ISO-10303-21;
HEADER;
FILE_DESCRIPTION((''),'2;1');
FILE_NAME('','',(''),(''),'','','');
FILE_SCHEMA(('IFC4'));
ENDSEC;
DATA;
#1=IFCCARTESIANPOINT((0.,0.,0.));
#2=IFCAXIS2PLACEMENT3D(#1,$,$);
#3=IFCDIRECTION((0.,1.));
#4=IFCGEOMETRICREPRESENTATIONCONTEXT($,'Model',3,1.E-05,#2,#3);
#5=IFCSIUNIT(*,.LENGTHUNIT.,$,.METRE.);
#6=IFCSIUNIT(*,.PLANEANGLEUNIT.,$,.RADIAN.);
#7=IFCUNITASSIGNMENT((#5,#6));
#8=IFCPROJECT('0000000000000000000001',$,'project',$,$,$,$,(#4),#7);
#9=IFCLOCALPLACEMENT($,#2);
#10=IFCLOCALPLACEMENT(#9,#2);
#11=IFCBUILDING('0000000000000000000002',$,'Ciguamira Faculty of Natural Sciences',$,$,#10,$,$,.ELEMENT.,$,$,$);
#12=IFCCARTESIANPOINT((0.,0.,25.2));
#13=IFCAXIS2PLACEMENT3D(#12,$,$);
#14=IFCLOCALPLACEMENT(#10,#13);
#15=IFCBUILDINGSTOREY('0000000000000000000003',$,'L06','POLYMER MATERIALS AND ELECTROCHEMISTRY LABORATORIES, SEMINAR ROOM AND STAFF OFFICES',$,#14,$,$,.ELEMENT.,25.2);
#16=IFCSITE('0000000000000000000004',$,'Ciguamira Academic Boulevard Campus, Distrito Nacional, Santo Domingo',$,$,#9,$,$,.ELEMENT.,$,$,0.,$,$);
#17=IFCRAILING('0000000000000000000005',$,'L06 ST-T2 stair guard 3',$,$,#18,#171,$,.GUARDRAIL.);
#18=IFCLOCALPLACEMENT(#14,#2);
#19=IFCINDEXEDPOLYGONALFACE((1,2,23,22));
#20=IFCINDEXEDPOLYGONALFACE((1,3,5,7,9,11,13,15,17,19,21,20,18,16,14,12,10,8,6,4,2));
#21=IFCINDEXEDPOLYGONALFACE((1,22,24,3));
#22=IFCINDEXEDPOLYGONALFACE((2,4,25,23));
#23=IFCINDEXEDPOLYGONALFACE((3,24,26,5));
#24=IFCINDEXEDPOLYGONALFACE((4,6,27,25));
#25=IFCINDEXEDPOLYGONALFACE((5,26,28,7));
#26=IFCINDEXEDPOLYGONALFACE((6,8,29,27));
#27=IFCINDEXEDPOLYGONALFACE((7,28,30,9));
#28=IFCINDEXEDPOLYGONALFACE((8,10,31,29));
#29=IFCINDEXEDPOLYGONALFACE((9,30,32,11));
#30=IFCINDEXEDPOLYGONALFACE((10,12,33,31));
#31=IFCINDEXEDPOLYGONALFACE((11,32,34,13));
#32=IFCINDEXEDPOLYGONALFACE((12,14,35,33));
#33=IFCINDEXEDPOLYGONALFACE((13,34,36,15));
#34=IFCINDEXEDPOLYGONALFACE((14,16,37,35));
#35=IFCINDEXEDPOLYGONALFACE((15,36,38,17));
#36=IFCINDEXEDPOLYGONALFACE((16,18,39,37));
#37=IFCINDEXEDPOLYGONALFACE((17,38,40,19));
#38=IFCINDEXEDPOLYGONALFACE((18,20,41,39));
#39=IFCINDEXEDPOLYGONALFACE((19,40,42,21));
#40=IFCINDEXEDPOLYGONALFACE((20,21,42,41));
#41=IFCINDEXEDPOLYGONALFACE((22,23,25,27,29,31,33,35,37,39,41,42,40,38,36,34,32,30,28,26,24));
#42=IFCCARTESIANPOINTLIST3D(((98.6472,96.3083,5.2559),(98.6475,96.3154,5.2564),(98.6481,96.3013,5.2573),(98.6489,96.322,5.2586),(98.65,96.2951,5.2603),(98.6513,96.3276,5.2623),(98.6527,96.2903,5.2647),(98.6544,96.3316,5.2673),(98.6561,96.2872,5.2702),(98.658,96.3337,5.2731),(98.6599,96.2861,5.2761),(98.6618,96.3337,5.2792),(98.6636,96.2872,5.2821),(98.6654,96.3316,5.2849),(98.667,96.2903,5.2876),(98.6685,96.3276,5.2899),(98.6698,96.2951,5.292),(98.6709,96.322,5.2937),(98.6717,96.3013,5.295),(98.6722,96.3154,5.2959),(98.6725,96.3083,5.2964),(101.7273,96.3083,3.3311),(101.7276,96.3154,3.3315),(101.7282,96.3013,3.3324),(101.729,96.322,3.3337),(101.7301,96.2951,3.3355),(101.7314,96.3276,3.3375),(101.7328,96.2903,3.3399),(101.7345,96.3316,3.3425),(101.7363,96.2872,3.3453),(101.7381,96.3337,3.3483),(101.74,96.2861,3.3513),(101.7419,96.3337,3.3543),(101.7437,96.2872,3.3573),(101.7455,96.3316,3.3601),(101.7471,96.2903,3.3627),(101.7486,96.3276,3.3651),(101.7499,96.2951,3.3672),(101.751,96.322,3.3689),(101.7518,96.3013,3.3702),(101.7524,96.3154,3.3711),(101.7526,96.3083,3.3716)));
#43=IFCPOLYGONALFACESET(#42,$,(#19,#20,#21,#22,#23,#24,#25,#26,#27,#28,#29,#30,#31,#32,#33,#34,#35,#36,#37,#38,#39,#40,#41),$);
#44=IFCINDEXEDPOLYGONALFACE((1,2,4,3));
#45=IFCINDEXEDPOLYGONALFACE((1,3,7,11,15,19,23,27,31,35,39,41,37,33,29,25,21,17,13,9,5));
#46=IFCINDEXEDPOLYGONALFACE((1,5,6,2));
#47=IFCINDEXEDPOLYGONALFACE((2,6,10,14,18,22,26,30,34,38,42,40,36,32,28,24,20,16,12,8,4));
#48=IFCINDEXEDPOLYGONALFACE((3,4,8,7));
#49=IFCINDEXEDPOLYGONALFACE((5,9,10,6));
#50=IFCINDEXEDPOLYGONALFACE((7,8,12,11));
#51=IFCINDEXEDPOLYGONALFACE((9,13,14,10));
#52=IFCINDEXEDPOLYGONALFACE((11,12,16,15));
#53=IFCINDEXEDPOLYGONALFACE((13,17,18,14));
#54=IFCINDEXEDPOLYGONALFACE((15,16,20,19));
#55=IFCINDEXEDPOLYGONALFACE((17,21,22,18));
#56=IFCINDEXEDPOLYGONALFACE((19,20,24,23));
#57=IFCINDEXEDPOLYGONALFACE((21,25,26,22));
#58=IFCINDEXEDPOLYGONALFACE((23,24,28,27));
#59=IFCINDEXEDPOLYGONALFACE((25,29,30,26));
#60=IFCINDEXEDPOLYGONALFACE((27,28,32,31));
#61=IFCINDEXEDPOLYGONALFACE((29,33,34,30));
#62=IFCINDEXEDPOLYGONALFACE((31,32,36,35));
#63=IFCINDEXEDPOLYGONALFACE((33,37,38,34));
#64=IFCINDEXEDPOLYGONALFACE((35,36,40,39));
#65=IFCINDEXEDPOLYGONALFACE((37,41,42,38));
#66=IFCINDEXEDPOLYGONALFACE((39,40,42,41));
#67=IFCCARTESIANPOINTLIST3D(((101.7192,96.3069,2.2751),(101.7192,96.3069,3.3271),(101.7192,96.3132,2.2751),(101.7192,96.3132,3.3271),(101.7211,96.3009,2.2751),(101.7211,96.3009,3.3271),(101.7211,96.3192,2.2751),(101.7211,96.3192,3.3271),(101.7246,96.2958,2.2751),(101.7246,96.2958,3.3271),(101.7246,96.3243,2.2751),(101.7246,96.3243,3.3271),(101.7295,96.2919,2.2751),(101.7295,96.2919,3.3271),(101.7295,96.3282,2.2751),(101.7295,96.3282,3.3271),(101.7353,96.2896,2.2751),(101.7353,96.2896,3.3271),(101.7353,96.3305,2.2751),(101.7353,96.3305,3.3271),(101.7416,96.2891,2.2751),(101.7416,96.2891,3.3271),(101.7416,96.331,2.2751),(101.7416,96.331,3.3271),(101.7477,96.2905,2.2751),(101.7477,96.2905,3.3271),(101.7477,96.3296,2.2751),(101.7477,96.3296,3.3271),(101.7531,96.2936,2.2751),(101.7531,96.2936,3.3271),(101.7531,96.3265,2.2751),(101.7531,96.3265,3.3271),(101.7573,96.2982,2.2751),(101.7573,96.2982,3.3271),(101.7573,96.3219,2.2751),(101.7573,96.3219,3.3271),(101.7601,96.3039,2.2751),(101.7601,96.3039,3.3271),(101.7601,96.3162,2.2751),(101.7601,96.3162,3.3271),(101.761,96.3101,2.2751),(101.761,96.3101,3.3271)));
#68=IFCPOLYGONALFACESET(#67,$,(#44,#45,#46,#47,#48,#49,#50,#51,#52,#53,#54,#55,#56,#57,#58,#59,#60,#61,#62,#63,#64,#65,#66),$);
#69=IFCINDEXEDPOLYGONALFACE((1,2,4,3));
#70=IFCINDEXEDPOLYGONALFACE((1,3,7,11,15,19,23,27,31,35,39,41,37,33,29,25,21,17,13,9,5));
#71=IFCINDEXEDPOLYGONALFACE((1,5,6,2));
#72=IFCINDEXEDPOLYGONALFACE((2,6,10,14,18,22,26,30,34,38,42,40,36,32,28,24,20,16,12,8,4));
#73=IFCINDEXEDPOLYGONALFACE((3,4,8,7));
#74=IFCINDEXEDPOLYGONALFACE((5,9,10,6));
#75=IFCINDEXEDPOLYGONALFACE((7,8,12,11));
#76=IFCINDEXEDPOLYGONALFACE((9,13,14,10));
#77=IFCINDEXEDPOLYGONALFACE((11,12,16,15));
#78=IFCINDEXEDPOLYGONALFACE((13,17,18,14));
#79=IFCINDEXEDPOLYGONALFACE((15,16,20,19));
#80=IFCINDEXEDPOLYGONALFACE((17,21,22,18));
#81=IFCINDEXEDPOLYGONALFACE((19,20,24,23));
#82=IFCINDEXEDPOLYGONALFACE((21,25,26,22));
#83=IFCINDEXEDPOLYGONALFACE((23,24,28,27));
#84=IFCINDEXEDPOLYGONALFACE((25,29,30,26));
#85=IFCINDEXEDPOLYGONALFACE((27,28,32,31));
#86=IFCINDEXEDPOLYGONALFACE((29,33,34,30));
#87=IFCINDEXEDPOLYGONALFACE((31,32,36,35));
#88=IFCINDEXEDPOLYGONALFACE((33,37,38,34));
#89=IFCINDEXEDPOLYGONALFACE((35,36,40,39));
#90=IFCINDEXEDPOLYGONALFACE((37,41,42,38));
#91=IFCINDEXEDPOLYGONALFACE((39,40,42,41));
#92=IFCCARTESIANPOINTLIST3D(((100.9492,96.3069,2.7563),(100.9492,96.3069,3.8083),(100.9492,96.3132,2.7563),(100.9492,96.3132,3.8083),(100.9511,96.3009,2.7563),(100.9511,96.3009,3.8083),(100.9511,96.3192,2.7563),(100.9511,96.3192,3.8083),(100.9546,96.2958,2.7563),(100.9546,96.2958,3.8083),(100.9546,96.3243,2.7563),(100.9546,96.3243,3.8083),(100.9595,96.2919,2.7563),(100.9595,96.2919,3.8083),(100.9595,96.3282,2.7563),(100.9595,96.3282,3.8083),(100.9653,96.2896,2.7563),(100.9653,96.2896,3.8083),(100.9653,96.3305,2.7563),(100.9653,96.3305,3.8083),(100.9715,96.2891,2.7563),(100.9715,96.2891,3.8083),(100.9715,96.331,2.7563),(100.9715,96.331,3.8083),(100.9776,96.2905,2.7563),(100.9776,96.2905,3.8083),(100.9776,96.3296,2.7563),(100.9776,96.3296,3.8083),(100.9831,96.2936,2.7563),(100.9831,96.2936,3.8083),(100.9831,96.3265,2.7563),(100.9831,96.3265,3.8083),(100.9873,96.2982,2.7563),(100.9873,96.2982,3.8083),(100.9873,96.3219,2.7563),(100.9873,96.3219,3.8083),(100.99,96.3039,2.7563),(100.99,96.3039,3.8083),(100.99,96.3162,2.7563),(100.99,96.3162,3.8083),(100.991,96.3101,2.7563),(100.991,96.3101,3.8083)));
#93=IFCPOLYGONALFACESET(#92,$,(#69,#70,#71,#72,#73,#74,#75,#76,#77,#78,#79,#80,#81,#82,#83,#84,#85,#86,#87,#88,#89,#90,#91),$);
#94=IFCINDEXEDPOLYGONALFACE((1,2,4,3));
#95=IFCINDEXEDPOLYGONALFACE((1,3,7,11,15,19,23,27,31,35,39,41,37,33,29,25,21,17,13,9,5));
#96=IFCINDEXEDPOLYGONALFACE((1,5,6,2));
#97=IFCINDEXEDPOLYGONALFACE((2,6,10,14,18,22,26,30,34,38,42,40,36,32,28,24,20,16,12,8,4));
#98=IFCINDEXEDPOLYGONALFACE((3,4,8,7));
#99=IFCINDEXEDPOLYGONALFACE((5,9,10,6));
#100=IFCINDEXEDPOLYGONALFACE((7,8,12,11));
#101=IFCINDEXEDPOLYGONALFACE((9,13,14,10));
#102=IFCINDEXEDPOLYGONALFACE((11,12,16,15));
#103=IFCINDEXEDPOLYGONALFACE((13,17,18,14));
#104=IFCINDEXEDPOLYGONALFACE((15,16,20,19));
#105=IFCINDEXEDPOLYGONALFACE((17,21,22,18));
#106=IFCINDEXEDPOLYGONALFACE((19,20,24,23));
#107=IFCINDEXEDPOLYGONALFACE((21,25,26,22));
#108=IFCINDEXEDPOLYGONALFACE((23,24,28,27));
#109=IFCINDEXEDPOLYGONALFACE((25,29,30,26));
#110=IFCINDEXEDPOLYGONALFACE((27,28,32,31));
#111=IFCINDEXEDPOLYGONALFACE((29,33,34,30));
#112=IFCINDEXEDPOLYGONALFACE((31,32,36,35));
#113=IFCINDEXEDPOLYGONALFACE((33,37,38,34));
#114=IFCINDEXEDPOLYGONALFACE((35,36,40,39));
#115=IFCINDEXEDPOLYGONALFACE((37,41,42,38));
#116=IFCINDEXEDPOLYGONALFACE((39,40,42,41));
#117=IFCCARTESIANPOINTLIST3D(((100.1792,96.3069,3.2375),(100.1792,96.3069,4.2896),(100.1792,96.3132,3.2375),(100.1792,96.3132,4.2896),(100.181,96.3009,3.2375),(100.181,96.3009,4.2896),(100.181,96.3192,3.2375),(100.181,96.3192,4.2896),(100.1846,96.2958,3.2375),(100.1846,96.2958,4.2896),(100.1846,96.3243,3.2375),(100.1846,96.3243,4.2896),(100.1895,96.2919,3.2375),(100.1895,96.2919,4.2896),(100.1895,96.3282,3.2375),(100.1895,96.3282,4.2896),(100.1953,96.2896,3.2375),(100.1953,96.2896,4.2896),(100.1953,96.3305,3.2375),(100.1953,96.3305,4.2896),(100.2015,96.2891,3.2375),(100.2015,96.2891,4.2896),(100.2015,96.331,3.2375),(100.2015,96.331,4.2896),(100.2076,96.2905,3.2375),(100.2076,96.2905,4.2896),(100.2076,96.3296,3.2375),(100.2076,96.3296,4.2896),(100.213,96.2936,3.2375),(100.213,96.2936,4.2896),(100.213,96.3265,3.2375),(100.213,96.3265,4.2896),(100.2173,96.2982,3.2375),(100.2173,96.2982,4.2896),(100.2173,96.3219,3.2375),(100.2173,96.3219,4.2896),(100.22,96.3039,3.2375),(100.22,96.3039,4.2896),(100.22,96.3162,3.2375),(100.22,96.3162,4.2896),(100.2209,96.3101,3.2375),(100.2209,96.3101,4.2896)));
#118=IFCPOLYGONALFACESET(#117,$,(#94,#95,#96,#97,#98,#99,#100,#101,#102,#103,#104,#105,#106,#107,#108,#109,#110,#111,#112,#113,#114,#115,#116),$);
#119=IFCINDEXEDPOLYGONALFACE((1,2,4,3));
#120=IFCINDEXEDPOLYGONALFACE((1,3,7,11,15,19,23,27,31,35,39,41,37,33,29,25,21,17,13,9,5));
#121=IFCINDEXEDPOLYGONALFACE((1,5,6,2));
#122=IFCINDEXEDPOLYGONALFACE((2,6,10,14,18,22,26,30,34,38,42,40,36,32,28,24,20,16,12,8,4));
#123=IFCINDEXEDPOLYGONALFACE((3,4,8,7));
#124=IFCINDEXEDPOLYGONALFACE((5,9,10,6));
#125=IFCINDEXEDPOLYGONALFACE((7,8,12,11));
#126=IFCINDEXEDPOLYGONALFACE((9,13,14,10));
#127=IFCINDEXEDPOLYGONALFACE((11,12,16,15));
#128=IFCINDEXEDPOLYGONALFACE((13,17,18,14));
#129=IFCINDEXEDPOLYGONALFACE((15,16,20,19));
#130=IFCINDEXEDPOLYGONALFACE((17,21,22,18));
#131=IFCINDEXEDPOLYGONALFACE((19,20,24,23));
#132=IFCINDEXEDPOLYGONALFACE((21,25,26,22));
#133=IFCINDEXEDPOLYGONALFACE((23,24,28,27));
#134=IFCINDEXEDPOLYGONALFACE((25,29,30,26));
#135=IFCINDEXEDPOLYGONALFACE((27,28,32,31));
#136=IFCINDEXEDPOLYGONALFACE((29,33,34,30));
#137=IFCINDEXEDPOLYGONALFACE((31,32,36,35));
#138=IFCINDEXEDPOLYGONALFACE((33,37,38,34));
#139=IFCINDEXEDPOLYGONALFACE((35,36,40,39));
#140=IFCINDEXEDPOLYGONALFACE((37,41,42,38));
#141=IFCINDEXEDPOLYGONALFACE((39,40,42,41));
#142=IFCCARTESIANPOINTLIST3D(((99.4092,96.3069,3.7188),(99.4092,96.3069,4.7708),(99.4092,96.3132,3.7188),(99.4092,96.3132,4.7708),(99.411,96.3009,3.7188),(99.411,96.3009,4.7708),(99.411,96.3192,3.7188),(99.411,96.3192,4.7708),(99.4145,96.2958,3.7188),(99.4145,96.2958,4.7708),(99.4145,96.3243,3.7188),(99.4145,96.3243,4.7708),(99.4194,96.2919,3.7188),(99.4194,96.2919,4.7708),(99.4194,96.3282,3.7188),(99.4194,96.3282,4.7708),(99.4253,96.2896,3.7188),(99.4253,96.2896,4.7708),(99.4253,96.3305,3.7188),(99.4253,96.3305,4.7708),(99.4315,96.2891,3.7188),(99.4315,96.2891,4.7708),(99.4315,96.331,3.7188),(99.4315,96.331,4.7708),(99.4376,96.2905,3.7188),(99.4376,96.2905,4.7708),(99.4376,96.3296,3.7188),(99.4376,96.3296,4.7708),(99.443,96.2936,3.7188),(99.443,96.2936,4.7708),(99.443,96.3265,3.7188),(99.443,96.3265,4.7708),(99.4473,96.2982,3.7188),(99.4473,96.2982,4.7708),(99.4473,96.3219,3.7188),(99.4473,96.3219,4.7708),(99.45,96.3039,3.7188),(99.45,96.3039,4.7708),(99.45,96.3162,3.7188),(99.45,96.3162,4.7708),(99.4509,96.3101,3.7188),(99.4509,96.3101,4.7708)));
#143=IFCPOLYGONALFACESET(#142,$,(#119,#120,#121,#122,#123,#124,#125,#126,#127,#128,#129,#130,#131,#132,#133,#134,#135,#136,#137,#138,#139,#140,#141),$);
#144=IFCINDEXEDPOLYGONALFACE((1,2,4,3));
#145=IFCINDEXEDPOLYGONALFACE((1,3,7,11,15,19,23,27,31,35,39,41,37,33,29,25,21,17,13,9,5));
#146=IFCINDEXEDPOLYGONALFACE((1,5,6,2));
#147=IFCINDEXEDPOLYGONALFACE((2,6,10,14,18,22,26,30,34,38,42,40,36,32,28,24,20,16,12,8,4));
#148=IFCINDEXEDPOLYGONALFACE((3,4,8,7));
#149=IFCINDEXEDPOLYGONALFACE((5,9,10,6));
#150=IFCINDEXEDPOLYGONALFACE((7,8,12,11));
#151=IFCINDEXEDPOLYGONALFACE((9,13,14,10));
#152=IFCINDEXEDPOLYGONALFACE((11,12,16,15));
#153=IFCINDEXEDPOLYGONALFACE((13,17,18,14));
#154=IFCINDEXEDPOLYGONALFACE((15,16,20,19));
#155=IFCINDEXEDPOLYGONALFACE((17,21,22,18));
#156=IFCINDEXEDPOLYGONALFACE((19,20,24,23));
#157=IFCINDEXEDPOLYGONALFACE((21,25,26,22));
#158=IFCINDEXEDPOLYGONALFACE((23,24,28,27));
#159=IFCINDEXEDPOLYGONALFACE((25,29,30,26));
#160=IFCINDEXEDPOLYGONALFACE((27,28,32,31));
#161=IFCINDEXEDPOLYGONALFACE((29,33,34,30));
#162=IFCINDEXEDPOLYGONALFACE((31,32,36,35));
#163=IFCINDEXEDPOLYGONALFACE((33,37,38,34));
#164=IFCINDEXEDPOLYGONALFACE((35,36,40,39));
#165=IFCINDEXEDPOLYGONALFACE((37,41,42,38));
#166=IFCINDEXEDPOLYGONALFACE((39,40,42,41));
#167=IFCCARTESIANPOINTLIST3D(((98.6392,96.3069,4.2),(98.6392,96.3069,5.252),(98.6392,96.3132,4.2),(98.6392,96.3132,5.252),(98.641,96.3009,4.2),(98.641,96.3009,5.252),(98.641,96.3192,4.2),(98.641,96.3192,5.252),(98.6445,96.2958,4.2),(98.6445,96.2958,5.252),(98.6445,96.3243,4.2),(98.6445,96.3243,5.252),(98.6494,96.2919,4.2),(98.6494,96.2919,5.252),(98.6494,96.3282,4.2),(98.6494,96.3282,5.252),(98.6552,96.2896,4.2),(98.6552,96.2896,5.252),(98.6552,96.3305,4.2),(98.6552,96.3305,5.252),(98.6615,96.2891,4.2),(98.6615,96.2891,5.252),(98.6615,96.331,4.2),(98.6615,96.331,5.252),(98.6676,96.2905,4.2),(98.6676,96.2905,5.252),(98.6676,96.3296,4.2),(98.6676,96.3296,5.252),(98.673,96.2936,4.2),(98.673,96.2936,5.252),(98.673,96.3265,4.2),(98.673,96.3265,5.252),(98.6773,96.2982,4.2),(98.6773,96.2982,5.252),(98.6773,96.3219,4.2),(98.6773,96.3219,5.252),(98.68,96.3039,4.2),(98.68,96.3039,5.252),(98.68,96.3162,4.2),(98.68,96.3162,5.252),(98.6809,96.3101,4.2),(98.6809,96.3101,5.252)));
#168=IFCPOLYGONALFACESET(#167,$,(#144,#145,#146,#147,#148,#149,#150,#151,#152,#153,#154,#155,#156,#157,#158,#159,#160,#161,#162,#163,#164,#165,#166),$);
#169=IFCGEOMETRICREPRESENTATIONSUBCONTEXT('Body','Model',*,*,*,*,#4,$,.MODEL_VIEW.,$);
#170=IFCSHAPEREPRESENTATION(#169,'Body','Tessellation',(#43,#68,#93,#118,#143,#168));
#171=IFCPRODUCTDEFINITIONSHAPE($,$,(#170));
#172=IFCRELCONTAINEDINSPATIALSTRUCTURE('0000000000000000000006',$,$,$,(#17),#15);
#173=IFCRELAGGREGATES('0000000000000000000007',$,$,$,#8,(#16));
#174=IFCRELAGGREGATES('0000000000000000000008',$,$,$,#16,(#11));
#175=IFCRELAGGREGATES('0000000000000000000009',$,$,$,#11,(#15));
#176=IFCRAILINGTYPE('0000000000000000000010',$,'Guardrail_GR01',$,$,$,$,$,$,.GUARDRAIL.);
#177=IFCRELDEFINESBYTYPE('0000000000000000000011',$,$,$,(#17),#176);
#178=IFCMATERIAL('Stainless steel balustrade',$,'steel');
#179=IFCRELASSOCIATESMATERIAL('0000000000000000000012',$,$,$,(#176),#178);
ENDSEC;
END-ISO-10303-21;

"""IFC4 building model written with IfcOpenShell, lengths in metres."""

from ifc_helpers import new_model, si_unit, direction, frame, origin, origin_2d, place, context, subcontext, project, spatial, circle, extrude, material, type_object, element, save


model = new_model("IFC4")

# Units and contexts
model_context = context("Model", 3, precision=1e-05, world=origin(), true_north=direction((0.0, 1.0)))
body_context = subcontext(model_context, "Body", "Model", "MODEL_VIEW")
ifc_project = project(units=[si_unit("LENGTHUNIT", "METRE"), si_unit("PLANEANGLEUNIT", "RADIAN")], contexts=[model_context])

# Site, building, storey
site_placement = place(None, origin())
site = spatial("IfcSite", under=ifc_project, at=site_placement, Name="Ciguamira Academic Boulevard Campus, Distrito Nacional, Santo Domingo", CompositionType="ELEMENT", RefElevation=0.0)
building_placement = place(site_placement, origin())
building = spatial("IfcBuilding", under=site, at=building_placement, Name="Ciguamira Faculty of Natural Sciences", CompositionType="ELEMENT")
storey_placement = place(building_placement, frame((0.0, 0.0, 25.2)))
storey = spatial("IfcBuildingStorey", under=building, at=storey_placement, Name="L06", Description="POLYMER MATERIALS AND ELECTROCHEMISTRY LABORATORIES, SEMINAR ROOM AND STAFF OFFICES", CompositionType="ELEMENT", Elevation=25.2)

# Railing
ifc_material_1 = material(Name="Stainless steel balustrade", Category="steel")
railing_type_1 = type_object("IfcRailingType", Name="Guardrail_GR01", PredefinedType="GUARDRAIL", material=ifc_material_1)
railing_1_placement = place(storey_placement, frame((101.74, 96.3101, 2.2751)))
element("IfcRailing", 1, at=railing_1_placement, inside=storey, type_object=railing_type_1, Name="L06 ST-T2 stair guard 3", PredefinedType="GUARDRAIL", context=body_context, shape_type="SweptSolid", body=[
    extrude(circle(Radius=0.0239, at=origin_2d()), frame((0.0, 0.0, 1.0762), z_axis=(-0.848029, 0.0, 0.529951), x_axis=(0.0, -1.0, 0.0)), (0.0, 0.0, 1.0), 3.6321),
    extrude(circle(Radius=0.021, at=origin_2d()), origin(), (0.0, 0.0, 1.0), 1.052),
    extrude(circle(Radius=0.021, at=origin_2d()), frame((-0.77, 0.0, 0.4812)), (0.0, 0.0, 1.0), 1.052),
    extrude(circle(Radius=0.021, at=origin_2d()), frame((-1.54, 0.0, 0.9624)), (0.0, 0.0, 1.0), 1.052),
    extrude(circle(Radius=0.021, at=origin_2d()), frame((-2.3101, 0.0, 1.4436)), (0.0, 0.0, 1.0), 1.052),
    extrude(circle(Radius=0.021, at=origin_2d()), frame((-3.0801, 0.0, 1.9248)), (0.0, 0.0, 1.0), 1.052),
])

save(model, "model.ifc")
